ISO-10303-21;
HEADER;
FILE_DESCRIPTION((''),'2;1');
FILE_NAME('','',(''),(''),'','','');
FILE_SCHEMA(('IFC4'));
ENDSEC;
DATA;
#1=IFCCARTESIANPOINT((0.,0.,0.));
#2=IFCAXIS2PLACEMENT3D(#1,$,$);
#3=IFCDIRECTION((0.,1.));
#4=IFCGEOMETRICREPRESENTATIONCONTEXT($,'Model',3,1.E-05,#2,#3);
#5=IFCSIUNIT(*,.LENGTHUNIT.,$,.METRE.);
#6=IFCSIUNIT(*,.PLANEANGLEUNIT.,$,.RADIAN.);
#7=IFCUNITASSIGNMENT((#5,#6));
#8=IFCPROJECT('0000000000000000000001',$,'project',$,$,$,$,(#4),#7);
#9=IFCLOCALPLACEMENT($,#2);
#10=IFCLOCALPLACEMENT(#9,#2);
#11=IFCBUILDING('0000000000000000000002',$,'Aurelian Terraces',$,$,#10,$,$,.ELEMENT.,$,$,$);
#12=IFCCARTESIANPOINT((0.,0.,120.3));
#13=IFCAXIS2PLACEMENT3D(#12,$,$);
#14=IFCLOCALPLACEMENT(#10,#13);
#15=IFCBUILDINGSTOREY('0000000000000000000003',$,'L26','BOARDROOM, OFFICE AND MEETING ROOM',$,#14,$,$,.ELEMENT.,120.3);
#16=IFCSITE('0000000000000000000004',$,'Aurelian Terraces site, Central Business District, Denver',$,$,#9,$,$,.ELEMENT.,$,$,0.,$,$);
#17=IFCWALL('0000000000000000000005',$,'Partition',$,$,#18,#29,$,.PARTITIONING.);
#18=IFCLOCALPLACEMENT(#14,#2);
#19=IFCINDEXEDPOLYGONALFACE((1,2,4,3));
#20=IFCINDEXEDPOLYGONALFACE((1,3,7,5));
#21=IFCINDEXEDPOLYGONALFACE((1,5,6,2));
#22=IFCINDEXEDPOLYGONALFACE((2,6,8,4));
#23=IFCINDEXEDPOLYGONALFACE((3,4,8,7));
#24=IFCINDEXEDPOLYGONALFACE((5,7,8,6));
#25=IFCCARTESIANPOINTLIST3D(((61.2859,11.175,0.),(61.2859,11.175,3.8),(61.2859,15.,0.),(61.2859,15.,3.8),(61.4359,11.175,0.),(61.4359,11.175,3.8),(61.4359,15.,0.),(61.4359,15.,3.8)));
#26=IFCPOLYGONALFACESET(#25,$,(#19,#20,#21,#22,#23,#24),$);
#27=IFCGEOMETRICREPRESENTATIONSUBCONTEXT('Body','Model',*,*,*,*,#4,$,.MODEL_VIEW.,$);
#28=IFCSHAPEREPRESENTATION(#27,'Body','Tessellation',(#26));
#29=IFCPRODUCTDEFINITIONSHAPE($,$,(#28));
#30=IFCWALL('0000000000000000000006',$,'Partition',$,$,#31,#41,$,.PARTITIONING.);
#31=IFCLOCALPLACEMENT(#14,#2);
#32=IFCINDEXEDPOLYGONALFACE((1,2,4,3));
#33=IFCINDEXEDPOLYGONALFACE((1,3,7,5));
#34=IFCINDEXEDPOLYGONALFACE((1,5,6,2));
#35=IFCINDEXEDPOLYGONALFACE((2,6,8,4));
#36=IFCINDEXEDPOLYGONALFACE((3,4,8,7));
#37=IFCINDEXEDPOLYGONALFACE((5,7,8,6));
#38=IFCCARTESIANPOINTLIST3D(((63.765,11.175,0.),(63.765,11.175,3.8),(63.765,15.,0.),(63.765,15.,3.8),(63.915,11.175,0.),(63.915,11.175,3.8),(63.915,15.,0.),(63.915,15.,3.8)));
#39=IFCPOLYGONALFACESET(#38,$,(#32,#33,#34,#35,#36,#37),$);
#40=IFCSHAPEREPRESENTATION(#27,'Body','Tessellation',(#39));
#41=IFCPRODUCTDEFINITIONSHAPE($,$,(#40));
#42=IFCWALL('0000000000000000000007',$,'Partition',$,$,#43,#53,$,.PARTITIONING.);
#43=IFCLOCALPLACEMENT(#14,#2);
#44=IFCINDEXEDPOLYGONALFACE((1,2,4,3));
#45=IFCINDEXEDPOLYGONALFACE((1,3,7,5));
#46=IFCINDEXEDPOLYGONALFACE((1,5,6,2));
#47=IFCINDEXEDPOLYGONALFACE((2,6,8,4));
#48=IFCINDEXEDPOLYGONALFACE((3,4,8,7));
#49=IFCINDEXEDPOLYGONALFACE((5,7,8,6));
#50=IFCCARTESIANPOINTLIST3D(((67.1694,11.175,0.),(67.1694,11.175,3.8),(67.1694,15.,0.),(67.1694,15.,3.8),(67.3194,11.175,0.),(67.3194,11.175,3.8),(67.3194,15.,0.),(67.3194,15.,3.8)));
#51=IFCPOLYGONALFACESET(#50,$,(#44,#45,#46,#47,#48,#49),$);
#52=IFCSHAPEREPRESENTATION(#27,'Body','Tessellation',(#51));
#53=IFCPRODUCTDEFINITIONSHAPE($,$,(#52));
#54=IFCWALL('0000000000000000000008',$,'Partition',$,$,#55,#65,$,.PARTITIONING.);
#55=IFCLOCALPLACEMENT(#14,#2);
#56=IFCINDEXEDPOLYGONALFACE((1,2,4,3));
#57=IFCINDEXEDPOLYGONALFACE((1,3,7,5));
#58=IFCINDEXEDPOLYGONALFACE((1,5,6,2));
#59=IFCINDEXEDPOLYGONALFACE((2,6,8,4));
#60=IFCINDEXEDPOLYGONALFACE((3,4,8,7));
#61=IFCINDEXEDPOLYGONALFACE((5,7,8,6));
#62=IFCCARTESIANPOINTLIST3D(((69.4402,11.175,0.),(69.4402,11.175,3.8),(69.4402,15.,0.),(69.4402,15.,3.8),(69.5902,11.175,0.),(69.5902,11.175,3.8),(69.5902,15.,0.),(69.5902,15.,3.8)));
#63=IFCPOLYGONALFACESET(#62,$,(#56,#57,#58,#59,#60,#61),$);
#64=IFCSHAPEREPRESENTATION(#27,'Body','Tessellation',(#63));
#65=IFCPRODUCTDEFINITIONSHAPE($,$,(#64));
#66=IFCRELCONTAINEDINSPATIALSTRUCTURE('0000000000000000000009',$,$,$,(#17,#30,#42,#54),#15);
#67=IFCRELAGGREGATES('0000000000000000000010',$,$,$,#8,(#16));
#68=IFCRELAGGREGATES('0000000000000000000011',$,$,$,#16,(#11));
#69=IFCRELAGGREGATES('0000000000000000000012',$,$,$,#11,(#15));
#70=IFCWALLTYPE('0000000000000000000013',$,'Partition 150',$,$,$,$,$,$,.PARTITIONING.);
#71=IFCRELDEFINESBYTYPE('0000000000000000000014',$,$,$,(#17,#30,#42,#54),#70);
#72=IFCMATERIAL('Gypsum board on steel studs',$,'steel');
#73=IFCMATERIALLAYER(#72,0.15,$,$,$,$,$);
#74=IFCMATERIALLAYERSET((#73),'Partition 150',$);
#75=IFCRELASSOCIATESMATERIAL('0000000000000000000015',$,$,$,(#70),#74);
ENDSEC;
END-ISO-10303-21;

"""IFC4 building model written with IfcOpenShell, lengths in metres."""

from ifc_helpers import new_model, si_unit, direction, frame, frame_2d, origin, place, context, subcontext, project, spatial, rectangle, extrude, source, transform, mapped, material, layer, layer_set, type_object, element, save


model = new_model("IFC4")

# Units and contexts
model_context = context("Model", 3, precision=1e-05, world=origin(), true_north=direction((0.0, 1.0)))
body_context = subcontext(model_context, "Body", "Model", "MODEL_VIEW")
ifc_project = project(units=[si_unit("LENGTHUNIT", "METRE"), si_unit("PLANEANGLEUNIT", "RADIAN")], contexts=[model_context])

# Site, building, storey
site_placement = place(None, origin())
site = spatial("IfcSite", under=ifc_project, at=site_placement, Name="Aurelian Terraces site, Central Business District, Denver", CompositionType="ELEMENT", RefElevation=0.0)
building_placement = place(site_placement, origin())
building = spatial("IfcBuilding", under=site, at=building_placement, Name="Aurelian Terraces", CompositionType="ELEMENT")
storey_placement = place(building_placement, frame((0.0, 0.0, 120.3)))
storey = spatial("IfcBuildingStorey", under=building, at=storey_placement, Name="L26", Description="BOARDROOM, OFFICE AND MEETING ROOM", CompositionType="ELEMENT", Elevation=120.3)

# Shared definitions
ifc_material_1 = material(Name="Gypsum board on steel studs", Category="steel")

# Walls
ifc_layer_1 = layer(ifc_material_1, 0.15)
ifc_layer_set_1 = layer_set([ifc_layer_1], Name="Partition 150")
wall_type_1 = type_object("IfcWallType", Name="Partition 150", PredefinedType="PARTITIONING", material=ifc_layer_set_1)
shared_shape_1 = source(origin(), body_context, "Body", "SweptSolid", [
    extrude(rectangle(XDim=3.825, YDim=0.15, at=frame_2d((1.9125, 0.0))), origin(), (0.0, 0.0, 1.0), 3.8),
])
for number, where, z_axis, x_axis, name in (
    (1, (61.3609, 11.175, 0.0), (0.0, 0.0, 1.0), (0.0, 1.0, 0.0), "Partition"),
    (2, (63.84, 11.175, 0.0), (0.0, 0.0, 1.0), (0.0, 1.0, 0.0), "Partition"),
    (3, (67.2444, 11.175, 0.0), (0.0, 0.0, 1.0), (0.0, 1.0, 0.0), "Partition"),
    (4, (69.5152, 11.175, 0.0), (0.0, 0.0, 1.0), (0.0, 1.0, 0.0), "Partition"),
):
    element("IfcWall", number, at=place(storey_placement, frame(where, z_axis=z_axis, x_axis=x_axis)), inside=storey, type_object=wall_type_1, Name=name, PredefinedType="PARTITIONING", context=body_context, shape_type="MappedRepresentation", body=[
        mapped(shared_shape_1, transform((0.0, 0.0, 0.0), scale=1.0)),
    ])

save(model, "model.ifc")
